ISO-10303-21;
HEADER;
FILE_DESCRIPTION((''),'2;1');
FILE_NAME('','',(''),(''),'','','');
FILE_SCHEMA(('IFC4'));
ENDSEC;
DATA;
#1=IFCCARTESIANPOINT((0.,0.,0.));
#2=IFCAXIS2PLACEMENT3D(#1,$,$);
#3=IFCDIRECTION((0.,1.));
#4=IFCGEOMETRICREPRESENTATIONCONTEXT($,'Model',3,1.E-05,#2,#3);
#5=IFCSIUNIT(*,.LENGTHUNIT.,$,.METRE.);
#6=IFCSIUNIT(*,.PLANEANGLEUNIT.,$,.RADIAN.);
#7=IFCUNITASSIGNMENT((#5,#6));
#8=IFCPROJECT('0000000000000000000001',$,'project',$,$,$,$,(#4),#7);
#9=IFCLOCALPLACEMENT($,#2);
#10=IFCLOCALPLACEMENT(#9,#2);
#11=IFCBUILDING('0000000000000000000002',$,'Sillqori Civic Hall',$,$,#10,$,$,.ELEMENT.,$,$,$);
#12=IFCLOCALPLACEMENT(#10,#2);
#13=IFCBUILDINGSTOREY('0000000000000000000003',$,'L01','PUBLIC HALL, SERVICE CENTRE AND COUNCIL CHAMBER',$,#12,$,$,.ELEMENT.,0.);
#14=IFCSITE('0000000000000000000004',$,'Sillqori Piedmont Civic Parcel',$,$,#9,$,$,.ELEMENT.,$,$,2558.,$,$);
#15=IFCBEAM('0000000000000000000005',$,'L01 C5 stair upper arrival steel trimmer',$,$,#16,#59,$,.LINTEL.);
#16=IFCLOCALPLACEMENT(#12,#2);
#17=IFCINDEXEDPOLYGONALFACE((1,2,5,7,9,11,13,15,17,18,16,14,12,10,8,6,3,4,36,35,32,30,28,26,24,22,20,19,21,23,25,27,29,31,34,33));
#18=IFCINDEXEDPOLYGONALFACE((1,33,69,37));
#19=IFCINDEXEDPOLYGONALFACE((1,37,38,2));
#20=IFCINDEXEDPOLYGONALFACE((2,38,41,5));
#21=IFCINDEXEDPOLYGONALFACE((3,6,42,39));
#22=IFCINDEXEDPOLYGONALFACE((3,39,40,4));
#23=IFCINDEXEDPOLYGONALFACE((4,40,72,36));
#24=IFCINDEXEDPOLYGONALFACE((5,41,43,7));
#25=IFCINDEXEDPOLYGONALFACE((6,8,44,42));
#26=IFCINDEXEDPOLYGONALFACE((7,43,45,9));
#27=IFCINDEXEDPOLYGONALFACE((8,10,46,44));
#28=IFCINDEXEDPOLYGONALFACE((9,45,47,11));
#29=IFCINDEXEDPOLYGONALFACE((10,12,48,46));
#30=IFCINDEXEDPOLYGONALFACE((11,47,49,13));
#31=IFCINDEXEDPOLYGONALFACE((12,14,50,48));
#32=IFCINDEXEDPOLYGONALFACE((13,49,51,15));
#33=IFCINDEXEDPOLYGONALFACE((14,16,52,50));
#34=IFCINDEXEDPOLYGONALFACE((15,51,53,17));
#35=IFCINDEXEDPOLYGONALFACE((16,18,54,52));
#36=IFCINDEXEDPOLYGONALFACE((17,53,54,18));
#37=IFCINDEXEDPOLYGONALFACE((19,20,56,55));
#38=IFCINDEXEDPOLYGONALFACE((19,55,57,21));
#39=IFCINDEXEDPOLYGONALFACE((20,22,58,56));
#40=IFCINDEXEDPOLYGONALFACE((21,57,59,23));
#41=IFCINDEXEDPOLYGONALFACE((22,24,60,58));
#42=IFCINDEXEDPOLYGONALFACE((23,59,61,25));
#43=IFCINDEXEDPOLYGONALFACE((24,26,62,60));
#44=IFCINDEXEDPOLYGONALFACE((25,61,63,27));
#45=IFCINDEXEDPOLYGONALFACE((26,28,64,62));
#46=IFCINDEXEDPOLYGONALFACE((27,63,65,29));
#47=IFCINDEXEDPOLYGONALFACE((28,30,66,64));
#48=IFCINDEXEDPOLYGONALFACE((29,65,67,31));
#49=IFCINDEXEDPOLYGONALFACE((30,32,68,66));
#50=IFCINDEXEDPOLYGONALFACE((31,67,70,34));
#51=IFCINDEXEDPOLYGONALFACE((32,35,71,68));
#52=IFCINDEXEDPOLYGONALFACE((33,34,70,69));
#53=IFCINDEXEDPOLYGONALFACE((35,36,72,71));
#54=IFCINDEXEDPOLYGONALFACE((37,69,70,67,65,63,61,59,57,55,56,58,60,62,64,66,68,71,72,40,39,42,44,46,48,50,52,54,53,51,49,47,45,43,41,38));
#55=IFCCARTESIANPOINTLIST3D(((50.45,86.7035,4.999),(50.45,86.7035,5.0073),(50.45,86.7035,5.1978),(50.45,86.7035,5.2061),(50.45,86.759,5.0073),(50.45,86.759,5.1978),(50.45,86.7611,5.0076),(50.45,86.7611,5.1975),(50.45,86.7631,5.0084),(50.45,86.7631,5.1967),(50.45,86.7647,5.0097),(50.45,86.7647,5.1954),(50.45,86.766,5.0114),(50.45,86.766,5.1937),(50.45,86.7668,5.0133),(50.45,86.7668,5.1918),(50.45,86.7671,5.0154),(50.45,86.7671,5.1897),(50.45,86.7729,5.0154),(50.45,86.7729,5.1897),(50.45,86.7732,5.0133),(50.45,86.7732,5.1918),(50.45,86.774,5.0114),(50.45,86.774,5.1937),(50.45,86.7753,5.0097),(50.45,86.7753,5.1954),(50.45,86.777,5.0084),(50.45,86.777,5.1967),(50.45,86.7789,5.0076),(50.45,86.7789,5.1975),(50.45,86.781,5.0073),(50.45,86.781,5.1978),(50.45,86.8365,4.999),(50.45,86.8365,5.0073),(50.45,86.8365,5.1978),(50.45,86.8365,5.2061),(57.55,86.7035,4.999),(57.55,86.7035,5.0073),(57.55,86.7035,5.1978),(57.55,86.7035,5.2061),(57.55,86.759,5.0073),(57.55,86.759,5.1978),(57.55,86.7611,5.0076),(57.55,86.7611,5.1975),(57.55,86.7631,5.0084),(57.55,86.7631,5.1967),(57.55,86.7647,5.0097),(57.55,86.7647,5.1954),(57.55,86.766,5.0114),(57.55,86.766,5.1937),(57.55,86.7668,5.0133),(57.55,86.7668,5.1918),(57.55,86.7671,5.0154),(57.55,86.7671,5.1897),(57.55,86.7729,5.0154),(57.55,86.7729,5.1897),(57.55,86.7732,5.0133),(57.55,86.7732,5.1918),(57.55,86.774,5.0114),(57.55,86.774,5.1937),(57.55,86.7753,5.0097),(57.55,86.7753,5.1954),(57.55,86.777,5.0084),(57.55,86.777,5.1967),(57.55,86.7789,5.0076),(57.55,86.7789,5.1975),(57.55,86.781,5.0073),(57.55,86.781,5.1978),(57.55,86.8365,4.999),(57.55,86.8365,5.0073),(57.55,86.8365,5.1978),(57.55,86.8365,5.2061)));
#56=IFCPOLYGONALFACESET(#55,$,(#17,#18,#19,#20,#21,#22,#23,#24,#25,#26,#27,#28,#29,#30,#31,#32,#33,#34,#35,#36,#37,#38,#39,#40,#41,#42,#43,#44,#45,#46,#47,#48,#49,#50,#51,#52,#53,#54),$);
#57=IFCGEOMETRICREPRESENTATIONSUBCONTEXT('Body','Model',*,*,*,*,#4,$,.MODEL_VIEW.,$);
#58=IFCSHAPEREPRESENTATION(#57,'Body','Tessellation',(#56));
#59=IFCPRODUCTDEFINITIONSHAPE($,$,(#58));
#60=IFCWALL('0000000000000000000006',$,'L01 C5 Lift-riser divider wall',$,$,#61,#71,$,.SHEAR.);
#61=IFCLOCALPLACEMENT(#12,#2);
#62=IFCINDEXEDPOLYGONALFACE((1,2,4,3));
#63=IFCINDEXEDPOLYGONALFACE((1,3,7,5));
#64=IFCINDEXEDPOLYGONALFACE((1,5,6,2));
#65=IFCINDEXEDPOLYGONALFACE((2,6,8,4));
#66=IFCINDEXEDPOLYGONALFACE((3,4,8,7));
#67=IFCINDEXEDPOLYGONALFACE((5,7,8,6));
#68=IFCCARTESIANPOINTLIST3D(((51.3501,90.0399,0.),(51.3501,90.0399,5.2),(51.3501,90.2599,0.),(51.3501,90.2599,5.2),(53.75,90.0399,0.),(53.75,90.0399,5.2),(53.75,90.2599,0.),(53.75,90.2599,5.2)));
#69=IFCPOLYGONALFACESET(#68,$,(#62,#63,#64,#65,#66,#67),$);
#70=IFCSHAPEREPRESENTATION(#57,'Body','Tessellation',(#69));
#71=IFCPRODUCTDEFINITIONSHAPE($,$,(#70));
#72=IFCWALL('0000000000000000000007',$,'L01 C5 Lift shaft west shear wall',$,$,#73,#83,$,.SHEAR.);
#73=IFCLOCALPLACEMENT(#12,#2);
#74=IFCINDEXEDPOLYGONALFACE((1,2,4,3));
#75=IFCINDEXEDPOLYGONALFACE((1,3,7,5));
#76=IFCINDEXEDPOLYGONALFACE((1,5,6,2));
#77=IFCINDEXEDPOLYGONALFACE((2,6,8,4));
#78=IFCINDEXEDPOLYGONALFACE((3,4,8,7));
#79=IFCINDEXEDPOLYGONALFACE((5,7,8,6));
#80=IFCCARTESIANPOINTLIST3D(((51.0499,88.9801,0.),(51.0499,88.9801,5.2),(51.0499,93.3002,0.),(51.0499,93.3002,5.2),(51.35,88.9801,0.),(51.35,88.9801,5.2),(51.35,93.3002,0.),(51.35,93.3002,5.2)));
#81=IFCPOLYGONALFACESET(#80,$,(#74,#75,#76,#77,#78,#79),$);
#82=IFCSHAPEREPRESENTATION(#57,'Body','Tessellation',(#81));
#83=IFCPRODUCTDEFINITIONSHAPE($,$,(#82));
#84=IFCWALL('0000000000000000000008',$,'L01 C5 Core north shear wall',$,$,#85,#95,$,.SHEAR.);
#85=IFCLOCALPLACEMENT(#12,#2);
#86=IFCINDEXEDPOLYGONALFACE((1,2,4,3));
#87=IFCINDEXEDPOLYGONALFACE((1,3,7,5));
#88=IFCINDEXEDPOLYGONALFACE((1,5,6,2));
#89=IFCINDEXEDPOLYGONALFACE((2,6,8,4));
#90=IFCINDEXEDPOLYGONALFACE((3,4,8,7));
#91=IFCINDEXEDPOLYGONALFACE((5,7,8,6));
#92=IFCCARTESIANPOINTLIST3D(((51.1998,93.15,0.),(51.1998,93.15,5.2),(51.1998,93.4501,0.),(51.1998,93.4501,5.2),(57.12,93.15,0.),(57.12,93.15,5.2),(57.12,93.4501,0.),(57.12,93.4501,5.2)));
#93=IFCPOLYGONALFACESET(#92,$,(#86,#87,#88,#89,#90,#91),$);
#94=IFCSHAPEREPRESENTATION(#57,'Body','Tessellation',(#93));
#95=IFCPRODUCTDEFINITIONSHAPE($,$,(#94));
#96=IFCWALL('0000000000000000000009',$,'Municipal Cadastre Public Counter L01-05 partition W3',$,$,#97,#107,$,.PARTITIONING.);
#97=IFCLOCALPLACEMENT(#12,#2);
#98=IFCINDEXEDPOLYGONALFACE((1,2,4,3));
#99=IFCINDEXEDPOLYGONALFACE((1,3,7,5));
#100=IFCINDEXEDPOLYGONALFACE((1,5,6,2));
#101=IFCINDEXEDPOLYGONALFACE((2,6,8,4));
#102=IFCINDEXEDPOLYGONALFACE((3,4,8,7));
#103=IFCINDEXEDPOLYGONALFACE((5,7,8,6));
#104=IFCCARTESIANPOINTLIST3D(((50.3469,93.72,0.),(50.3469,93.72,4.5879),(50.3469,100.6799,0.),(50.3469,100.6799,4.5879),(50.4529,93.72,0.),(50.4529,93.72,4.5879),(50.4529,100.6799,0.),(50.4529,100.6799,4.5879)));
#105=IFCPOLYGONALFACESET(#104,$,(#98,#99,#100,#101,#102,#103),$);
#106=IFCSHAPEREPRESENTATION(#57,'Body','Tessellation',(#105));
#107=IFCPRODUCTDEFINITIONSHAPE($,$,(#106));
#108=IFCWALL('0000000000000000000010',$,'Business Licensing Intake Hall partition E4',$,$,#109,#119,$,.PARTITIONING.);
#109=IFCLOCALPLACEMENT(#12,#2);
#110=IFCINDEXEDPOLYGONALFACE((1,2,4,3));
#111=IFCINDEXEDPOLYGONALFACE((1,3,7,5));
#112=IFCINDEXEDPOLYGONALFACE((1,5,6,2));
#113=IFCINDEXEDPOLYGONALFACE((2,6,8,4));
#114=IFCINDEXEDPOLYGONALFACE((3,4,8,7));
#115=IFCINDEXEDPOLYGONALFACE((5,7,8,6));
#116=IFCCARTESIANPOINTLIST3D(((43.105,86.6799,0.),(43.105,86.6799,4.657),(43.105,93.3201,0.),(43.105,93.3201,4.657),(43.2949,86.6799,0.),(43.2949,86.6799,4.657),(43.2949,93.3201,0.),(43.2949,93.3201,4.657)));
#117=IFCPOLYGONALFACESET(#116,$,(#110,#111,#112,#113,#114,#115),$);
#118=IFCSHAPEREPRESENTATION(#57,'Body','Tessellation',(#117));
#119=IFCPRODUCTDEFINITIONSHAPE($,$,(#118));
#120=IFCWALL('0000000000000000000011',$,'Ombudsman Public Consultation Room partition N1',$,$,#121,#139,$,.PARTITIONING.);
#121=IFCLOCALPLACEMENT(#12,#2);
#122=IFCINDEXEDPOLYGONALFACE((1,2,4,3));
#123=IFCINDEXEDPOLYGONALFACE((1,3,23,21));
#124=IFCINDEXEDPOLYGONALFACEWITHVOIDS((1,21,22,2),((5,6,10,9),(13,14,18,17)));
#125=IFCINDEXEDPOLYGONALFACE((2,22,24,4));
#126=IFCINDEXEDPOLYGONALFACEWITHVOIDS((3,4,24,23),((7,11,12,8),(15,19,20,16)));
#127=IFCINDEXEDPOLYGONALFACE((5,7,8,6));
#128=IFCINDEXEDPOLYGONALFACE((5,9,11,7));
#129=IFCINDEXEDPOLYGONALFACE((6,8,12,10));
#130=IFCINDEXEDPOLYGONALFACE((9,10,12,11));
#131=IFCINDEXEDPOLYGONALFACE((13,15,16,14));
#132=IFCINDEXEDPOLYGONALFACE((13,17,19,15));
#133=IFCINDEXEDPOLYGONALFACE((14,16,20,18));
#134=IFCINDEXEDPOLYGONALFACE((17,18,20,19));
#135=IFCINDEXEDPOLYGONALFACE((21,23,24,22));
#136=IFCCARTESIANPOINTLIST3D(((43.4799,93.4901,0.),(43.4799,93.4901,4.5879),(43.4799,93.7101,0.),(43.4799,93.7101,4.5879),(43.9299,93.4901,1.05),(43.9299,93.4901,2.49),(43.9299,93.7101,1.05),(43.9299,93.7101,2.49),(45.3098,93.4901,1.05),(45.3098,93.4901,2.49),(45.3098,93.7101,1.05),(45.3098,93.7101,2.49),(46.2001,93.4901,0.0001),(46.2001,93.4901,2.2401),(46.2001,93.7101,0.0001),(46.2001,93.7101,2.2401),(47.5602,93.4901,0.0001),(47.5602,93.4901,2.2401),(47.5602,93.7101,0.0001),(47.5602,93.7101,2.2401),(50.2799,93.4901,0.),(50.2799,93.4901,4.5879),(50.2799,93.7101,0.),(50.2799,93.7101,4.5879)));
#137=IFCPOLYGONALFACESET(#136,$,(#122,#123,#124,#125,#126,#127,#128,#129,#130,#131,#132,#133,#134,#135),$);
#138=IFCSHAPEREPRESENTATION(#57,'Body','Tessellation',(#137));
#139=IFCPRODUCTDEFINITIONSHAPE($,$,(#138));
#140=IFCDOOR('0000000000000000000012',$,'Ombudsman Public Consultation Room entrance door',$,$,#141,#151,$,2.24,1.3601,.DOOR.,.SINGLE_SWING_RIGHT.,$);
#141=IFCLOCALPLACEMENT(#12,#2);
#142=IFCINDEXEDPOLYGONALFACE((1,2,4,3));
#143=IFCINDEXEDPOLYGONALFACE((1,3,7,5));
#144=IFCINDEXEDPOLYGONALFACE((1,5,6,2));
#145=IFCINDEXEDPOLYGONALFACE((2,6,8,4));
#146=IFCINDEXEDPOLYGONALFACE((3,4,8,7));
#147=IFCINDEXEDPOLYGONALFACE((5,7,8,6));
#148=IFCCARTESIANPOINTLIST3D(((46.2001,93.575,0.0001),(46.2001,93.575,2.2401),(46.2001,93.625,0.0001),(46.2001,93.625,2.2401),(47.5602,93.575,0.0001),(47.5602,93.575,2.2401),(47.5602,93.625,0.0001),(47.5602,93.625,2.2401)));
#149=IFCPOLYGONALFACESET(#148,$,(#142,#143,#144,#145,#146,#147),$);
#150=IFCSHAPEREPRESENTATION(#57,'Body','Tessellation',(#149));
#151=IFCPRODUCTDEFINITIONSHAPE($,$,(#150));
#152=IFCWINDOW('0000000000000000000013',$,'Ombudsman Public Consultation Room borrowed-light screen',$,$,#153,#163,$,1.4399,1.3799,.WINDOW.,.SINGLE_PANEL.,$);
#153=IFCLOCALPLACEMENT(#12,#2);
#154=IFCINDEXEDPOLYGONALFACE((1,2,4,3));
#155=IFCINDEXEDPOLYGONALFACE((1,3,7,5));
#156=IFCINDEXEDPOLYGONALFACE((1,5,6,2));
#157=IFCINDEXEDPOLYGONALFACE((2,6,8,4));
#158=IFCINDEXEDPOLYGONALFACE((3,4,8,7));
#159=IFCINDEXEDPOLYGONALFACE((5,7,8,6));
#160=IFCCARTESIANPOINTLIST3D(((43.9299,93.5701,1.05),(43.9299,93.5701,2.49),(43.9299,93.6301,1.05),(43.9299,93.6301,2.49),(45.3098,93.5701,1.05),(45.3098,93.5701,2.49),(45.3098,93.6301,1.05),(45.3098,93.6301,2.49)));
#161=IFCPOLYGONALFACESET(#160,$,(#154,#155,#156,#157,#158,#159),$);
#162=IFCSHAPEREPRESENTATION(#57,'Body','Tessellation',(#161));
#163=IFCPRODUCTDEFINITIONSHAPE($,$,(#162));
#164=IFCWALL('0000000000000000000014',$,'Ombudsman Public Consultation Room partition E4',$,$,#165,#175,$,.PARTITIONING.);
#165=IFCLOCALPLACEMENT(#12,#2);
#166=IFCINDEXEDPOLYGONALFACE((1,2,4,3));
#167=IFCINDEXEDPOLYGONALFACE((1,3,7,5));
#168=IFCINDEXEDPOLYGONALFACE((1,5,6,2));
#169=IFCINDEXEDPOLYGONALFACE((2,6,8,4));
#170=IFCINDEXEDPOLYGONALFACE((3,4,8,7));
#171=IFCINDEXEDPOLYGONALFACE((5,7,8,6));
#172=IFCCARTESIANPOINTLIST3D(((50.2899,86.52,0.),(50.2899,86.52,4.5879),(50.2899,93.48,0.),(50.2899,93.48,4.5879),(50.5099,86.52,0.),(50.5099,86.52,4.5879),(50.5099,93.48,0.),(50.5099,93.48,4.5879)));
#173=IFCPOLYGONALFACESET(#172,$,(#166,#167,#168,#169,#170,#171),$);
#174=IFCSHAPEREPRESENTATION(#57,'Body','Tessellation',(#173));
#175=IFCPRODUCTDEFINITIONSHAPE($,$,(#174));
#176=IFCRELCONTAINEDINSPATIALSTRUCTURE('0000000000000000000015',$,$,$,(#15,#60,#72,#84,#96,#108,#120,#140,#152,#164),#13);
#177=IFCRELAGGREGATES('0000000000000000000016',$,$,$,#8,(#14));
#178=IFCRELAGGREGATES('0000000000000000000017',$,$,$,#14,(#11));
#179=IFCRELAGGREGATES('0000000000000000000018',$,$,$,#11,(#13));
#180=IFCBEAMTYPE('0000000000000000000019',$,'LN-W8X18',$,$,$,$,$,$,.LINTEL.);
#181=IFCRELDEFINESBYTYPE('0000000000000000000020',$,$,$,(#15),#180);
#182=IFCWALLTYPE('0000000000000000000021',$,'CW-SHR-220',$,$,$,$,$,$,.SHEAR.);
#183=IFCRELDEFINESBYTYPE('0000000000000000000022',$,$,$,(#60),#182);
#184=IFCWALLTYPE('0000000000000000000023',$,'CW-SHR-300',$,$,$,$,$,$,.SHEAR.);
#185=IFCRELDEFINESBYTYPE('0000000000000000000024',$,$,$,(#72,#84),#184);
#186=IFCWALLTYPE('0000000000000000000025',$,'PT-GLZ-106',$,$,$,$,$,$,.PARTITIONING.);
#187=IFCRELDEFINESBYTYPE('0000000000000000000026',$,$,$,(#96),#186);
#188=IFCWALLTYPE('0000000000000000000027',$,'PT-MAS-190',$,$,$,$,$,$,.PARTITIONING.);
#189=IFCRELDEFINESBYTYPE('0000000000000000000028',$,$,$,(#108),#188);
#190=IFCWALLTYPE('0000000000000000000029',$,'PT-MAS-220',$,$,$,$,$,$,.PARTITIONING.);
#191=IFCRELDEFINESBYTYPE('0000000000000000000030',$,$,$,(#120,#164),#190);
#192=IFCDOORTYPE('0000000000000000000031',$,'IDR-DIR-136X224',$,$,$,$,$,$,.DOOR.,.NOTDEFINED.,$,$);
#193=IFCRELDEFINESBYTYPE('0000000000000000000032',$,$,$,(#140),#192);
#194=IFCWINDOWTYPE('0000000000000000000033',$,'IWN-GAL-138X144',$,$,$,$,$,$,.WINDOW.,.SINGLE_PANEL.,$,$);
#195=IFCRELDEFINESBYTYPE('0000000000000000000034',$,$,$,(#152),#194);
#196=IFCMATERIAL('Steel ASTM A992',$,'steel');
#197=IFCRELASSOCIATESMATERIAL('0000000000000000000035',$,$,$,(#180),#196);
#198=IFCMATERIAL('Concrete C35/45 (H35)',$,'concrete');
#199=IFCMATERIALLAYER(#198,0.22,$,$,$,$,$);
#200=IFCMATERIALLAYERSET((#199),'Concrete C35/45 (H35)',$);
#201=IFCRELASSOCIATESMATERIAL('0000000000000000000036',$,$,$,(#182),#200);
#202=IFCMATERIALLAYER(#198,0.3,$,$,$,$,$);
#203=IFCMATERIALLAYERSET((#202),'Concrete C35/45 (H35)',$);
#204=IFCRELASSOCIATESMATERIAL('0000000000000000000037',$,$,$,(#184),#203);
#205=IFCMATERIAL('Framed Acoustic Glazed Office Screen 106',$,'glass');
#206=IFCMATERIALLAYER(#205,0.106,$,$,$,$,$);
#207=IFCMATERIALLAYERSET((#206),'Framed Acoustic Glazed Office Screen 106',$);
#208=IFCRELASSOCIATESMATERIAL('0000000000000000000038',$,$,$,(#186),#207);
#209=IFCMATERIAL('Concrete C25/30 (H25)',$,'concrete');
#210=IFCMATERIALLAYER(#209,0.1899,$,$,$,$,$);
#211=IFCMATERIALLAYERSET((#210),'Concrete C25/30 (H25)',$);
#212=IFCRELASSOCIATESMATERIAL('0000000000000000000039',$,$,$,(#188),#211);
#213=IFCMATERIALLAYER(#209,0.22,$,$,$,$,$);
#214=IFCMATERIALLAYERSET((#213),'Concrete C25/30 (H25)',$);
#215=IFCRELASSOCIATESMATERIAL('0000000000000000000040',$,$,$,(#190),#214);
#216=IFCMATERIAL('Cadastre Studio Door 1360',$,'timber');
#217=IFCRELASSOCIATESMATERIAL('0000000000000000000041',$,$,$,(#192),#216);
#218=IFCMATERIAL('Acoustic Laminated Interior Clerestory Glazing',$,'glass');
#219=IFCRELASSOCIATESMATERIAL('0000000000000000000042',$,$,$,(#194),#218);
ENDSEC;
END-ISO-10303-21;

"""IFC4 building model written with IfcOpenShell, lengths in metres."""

from ifc_helpers import new_model, si_unit, direction, frame, frame_2d, origin, origin_2d, place, context, subcontext, project, spatial, rectangle, i_section, extrude, material, layer, layer_set, material_profile, profile_set, type_object, element, fill, save


model = new_model("IFC4")

# Units and contexts
model_context = context("Model", 3, precision=1e-05, world=origin(), true_north=direction((0.0, 1.0)))
body_context = subcontext(model_context, "Body", "Model", "MODEL_VIEW")
ifc_project = project(units=[si_unit("LENGTHUNIT", "METRE"), si_unit("PLANEANGLEUNIT", "RADIAN")], contexts=[model_context])

# Site, building, storey
site_placement = place(None, origin())
site = spatial("IfcSite", under=ifc_project, at=site_placement, Name="Sillqori Piedmont Civic Parcel", CompositionType="ELEMENT", RefElevation=2558.0)
building_placement = place(site_placement, origin())
building = spatial("IfcBuilding", under=site, at=building_placement, Name="Sillqori Civic Hall", CompositionType="ELEMENT")
storey_placement = place(building_placement, origin())
storey = spatial("IfcBuildingStorey", under=building, at=storey_placement, Name="L01", Description="PUBLIC HALL, SERVICE CENTRE AND COUNCIL CHAMBER", CompositionType="ELEMENT", Elevation=0.0)

# Shared definitions
ifc_material_1 = material(Name="Steel ASTM A992", Category="steel")

# Beam
ifc_material_profile_1 = material_profile(ifc_material_1, i_section(OverallWidth=0.1331, OverallDepth=0.207, WebThickness=0.0059, FlangeThickness=0.0083, FilletRadius=0.0081, at=origin_2d()), Name="W8X18")
ifc_profile_set_1 = profile_set([ifc_material_profile_1], Name="Steel ASTM A992")
beam_type_1 = type_object("IfcBeamType", Name="LN-W8X18", PredefinedType="LINTEL", material=ifc_profile_set_1)
beam_1_placement = place(storey_placement, frame((50.45, 86.77, 5.1025), z_axis=(1.0, 0.0, 0.0), x_axis=(0.0, 1.0, 0.0)))
element("IfcBeam", 1, at=beam_1_placement, inside=storey, type_object=beam_type_1, Name="L01 C5 stair upper arrival steel trimmer", PredefinedType="LINTEL", context=body_context, shape_type="SweptSolid", body=[
    extrude(i_section(OverallWidth=0.1331, OverallDepth=0.207, WebThickness=0.0059, FlangeThickness=0.0083, FilletRadius=0.0081, at=origin_2d()), origin(), (0.0, 0.0, 1.0), 7.1001),
])

# Wall
ifc_material_2 = material(Name="Concrete C35/45 (H35)", Category="concrete")
ifc_layer_1 = layer(ifc_material_2, 0.22)
ifc_layer_set_1 = layer_set([ifc_layer_1], Name="Concrete C35/45 (H35)")
wall_type_1 = type_object("IfcWallType", Name="CW-SHR-220", PredefinedType="SHEAR", material=ifc_layer_set_1)
wall_1_placement = place(storey_placement, frame((51.3501, 90.1499, 0.0), z_axis=(0.0, 0.0, 1.0), x_axis=(1.0, 0.0, 0.0)))
element("IfcWall", 2, at=wall_1_placement, inside=storey, type_object=wall_type_1, Name="L01 C5 Lift-riser divider wall", PredefinedType="SHEAR", context=body_context, shape_type="SweptSolid", body=[
    extrude(rectangle(XDim=2.3999, YDim=0.22, at=frame_2d((1.2, 0.0))), origin(), (0.0, 0.0, 1.0), 5.2),
])

# Walls
ifc_layer_2 = layer(ifc_material_2, 0.3)
ifc_layer_set_2 = layer_set([ifc_layer_2], Name="Concrete C35/45 (H35)")
wall_type_2 = type_object("IfcWallType", Name="CW-SHR-300", PredefinedType="SHEAR", material=ifc_layer_set_2)
wall_2_placement = place(storey_placement, frame((51.2, 88.98, 0.0), z_axis=(0.0, 0.0, 1.0), x_axis=(0.0, 1.0, 0.0)))
element("IfcWall", 3, at=wall_2_placement, inside=storey, type_object=wall_type_2, Name="L01 C5 Lift shaft west shear wall", PredefinedType="SHEAR", context=body_context, shape_type="SweptSolid", body=[
    extrude(rectangle(XDim=4.3201, YDim=0.3, at=frame_2d((2.1602, 0.0))), origin(), (0.0, 0.0, 1.0), 5.2),
])
wall_3_placement = place(storey_placement, frame((51.2, 93.3, 0.0), z_axis=(0.0, 0.0, 1.0), x_axis=(1.0, 0.0, 0.0)))
element("IfcWall", 4, at=wall_3_placement, inside=storey, type_object=wall_type_2, Name="L01 C5 Core north shear wall", PredefinedType="SHEAR", context=body_context, shape_type="SweptSolid", body=[
    extrude(rectangle(XDim=5.9202, YDim=0.3, at=frame_2d((2.96, 0.0))), origin(), (0.0, 0.0, 1.0), 5.2),
])
ifc_material_3 = material(Name="Framed Acoustic Glazed Office Screen 106", Category="glass")
ifc_layer_3 = layer(ifc_material_3, 0.106)
ifc_layer_set_3 = layer_set([ifc_layer_3], Name="Framed Acoustic Glazed Office Screen 106")
wall_type_3 = type_object("IfcWallType", Name="PT-GLZ-106", PredefinedType="PARTITIONING", material=ifc_layer_set_3)
wall_4_placement = place(storey_placement, frame((50.3999, 93.72, 0.0), z_axis=(0.0, 0.0, 1.0), x_axis=(0.0, 1.0, 0.0)))
element("IfcWall", 5, at=wall_4_placement, inside=storey, type_object=wall_type_3, Name="Municipal Cadastre Public Counter L01-05 partition W3", PredefinedType="PARTITIONING", context=body_context, shape_type="SweptSolid", body=[
    extrude(rectangle(XDim=6.96, YDim=0.106, at=frame_2d((3.48, 0.0))), origin(), (0.0, 0.0, 1.0), 4.5879),
])
ifc_material_4 = material(Name="Concrete C25/30 (H25)", Category="concrete")
ifc_layer_4 = layer(ifc_material_4, 0.1899)
ifc_layer_set_4 = layer_set([ifc_layer_4], Name="Concrete C25/30 (H25)")
wall_type_4 = type_object("IfcWallType", Name="PT-MAS-190", PredefinedType="PARTITIONING", material=ifc_layer_set_4)
wall_5_placement = place(storey_placement, frame((43.2, 93.3201, 0.0), z_axis=(0.0, 0.0, 1.0), x_axis=(0.0, -1.0, 0.0)))
element("IfcWall", 6, at=wall_5_placement, inside=storey, type_object=wall_type_4, Name="Business Licensing Intake Hall partition E4", PredefinedType="PARTITIONING", context=body_context, shape_type="SweptSolid", body=[
    extrude(rectangle(XDim=6.6401, YDim=0.1899, at=frame_2d((3.3201, 0.0))), origin(), (0.0, 0.0, 1.0), 4.657),
])

# Wall, openings, door, window
ifc_layer_5 = layer(ifc_material_4, 0.22)
ifc_layer_set_5 = layer_set([ifc_layer_5], Name="Concrete C25/30 (H25)")
wall_type_5 = type_object("IfcWallType", Name="PT-MAS-220", PredefinedType="PARTITIONING", material=ifc_layer_set_5)
wall_6_placement = place(storey_placement, frame((43.48, 93.6001, 0.0), z_axis=(0.0, 0.0, 1.0), x_axis=(1.0, 0.0, 0.0)))
wall_6 = element("IfcWall", 7, at=wall_6_placement, inside=storey, type_object=wall_type_5, Name="Ombudsman Public Consultation Room partition N1", PredefinedType="PARTITIONING", context=body_context, shape_type="SweptSolid", body=[
    extrude(rectangle(XDim=6.8, YDim=0.22, at=frame_2d((3.3999, 0.0))), origin(), (0.0, 0.0, 1.0), 4.5879),
])
opening_1_placement = place(wall_6_placement, frame((2.72, 0.0, 0.0)))
opening_1 = element("IfcOpeningElement", 8, at=opening_1_placement, cuts=wall_6, PredefinedType="OPENING", context=body_context, shape_type="SweptSolid", body=[
    extrude(rectangle(XDim=1.3601, YDim=2.24, at=frame_2d((0.6802, 1.1201))), frame((0.0, 0.1199, 0.0), z_axis=(0.0, -1.0, 0.0), x_axis=(1.0, 0.0, 0.0)), (0.0, 0.0, 1.0), 0.24),
])
opening_2_placement = place(wall_6_placement, frame((0.45, 0.0, 1.05)))
opening_2 = element("IfcOpeningElement", 9, at=opening_2_placement, cuts=wall_6, PredefinedType="OPENING", context=body_context, shape_type="SweptSolid", body=[
    extrude(rectangle(XDim=1.3799, YDim=1.4399, at=frame_2d((0.6899, 0.72))), frame((0.0, 0.1199, 0.0), z_axis=(0.0, -1.0, 0.0), x_axis=(1.0, 0.0, 0.0)), (0.0, 0.0, 1.0), 0.24),
])
ifc_material_5 = material(Name="Cadastre Studio Door 1360", Category="timber")
door_type_1 = type_object("IfcDoorType", Name="IDR-DIR-136X224", OperationType="NOTDEFINED", PredefinedType="DOOR", material=ifc_material_5)
door_1_placement = place(opening_1_placement, origin())
door_1 = element("IfcDoor", 10, at=door_1_placement, inside=storey, type_object=door_type_1, Name="Ombudsman Public Consultation Room entrance door", OperationType="SINGLE_SWING_RIGHT", OverallHeight=2.24, OverallWidth=1.3601, PredefinedType="DOOR", context=body_context, shape_type="SweptSolid", body=[
    extrude(rectangle(XDim=1.3601, YDim=2.24, at=frame_2d((0.6802, 1.1201))), frame((0.0, 0.0249, 0.0), z_axis=(0.0, -1.0, 0.0), x_axis=(1.0, 0.0, 0.0)), (0.0, 0.0, 1.0), 0.05),
])
fill(opening_1, door_1)
ifc_material_6 = material(Name="Acoustic Laminated Interior Clerestory Glazing", Category="glass")
window_type = type_object("IfcWindowType", Name="IWN-GAL-138X144", PartitioningType="SINGLE_PANEL", PredefinedType="WINDOW", material=ifc_material_6)
window_placement = place(opening_2_placement, origin())
window = element("IfcWindow", 11, at=window_placement, inside=storey, type_object=window_type, Name="Ombudsman Public Consultation Room borrowed-light screen", OverallHeight=1.4399, OverallWidth=1.3799, PartitioningType="SINGLE_PANEL", PredefinedType="WINDOW", context=body_context, shape_type="SweptSolid", body=[
    extrude(rectangle(XDim=1.3799, YDim=1.4399, at=frame_2d((0.6899, 0.72))), frame((0.0, 0.03, 0.0), z_axis=(0.0, -1.0, 0.0), x_axis=(1.0, 0.0, 0.0)), (0.0, 0.0, 1.0), 0.0601),
])
fill(opening_2, window)

# Wall
wall_7_placement = place(storey_placement, frame((50.3999, 93.48, 0.0), z_axis=(0.0, 0.0, 1.0), x_axis=(0.0, -1.0, 0.0)))
element("IfcWall", 12, at=wall_7_placement, inside=storey, type_object=wall_type_5, Name="Ombudsman Public Consultation Room partition E4", PredefinedType="PARTITIONING", context=body_context, shape_type="SweptSolid", body=[
    extrude(rectangle(XDim=6.96, YDim=0.22, at=frame_2d((3.48, 0.0))), origin(), (0.0, 0.0, 1.0), 4.5879),
])

save(model, "model.ifc")
